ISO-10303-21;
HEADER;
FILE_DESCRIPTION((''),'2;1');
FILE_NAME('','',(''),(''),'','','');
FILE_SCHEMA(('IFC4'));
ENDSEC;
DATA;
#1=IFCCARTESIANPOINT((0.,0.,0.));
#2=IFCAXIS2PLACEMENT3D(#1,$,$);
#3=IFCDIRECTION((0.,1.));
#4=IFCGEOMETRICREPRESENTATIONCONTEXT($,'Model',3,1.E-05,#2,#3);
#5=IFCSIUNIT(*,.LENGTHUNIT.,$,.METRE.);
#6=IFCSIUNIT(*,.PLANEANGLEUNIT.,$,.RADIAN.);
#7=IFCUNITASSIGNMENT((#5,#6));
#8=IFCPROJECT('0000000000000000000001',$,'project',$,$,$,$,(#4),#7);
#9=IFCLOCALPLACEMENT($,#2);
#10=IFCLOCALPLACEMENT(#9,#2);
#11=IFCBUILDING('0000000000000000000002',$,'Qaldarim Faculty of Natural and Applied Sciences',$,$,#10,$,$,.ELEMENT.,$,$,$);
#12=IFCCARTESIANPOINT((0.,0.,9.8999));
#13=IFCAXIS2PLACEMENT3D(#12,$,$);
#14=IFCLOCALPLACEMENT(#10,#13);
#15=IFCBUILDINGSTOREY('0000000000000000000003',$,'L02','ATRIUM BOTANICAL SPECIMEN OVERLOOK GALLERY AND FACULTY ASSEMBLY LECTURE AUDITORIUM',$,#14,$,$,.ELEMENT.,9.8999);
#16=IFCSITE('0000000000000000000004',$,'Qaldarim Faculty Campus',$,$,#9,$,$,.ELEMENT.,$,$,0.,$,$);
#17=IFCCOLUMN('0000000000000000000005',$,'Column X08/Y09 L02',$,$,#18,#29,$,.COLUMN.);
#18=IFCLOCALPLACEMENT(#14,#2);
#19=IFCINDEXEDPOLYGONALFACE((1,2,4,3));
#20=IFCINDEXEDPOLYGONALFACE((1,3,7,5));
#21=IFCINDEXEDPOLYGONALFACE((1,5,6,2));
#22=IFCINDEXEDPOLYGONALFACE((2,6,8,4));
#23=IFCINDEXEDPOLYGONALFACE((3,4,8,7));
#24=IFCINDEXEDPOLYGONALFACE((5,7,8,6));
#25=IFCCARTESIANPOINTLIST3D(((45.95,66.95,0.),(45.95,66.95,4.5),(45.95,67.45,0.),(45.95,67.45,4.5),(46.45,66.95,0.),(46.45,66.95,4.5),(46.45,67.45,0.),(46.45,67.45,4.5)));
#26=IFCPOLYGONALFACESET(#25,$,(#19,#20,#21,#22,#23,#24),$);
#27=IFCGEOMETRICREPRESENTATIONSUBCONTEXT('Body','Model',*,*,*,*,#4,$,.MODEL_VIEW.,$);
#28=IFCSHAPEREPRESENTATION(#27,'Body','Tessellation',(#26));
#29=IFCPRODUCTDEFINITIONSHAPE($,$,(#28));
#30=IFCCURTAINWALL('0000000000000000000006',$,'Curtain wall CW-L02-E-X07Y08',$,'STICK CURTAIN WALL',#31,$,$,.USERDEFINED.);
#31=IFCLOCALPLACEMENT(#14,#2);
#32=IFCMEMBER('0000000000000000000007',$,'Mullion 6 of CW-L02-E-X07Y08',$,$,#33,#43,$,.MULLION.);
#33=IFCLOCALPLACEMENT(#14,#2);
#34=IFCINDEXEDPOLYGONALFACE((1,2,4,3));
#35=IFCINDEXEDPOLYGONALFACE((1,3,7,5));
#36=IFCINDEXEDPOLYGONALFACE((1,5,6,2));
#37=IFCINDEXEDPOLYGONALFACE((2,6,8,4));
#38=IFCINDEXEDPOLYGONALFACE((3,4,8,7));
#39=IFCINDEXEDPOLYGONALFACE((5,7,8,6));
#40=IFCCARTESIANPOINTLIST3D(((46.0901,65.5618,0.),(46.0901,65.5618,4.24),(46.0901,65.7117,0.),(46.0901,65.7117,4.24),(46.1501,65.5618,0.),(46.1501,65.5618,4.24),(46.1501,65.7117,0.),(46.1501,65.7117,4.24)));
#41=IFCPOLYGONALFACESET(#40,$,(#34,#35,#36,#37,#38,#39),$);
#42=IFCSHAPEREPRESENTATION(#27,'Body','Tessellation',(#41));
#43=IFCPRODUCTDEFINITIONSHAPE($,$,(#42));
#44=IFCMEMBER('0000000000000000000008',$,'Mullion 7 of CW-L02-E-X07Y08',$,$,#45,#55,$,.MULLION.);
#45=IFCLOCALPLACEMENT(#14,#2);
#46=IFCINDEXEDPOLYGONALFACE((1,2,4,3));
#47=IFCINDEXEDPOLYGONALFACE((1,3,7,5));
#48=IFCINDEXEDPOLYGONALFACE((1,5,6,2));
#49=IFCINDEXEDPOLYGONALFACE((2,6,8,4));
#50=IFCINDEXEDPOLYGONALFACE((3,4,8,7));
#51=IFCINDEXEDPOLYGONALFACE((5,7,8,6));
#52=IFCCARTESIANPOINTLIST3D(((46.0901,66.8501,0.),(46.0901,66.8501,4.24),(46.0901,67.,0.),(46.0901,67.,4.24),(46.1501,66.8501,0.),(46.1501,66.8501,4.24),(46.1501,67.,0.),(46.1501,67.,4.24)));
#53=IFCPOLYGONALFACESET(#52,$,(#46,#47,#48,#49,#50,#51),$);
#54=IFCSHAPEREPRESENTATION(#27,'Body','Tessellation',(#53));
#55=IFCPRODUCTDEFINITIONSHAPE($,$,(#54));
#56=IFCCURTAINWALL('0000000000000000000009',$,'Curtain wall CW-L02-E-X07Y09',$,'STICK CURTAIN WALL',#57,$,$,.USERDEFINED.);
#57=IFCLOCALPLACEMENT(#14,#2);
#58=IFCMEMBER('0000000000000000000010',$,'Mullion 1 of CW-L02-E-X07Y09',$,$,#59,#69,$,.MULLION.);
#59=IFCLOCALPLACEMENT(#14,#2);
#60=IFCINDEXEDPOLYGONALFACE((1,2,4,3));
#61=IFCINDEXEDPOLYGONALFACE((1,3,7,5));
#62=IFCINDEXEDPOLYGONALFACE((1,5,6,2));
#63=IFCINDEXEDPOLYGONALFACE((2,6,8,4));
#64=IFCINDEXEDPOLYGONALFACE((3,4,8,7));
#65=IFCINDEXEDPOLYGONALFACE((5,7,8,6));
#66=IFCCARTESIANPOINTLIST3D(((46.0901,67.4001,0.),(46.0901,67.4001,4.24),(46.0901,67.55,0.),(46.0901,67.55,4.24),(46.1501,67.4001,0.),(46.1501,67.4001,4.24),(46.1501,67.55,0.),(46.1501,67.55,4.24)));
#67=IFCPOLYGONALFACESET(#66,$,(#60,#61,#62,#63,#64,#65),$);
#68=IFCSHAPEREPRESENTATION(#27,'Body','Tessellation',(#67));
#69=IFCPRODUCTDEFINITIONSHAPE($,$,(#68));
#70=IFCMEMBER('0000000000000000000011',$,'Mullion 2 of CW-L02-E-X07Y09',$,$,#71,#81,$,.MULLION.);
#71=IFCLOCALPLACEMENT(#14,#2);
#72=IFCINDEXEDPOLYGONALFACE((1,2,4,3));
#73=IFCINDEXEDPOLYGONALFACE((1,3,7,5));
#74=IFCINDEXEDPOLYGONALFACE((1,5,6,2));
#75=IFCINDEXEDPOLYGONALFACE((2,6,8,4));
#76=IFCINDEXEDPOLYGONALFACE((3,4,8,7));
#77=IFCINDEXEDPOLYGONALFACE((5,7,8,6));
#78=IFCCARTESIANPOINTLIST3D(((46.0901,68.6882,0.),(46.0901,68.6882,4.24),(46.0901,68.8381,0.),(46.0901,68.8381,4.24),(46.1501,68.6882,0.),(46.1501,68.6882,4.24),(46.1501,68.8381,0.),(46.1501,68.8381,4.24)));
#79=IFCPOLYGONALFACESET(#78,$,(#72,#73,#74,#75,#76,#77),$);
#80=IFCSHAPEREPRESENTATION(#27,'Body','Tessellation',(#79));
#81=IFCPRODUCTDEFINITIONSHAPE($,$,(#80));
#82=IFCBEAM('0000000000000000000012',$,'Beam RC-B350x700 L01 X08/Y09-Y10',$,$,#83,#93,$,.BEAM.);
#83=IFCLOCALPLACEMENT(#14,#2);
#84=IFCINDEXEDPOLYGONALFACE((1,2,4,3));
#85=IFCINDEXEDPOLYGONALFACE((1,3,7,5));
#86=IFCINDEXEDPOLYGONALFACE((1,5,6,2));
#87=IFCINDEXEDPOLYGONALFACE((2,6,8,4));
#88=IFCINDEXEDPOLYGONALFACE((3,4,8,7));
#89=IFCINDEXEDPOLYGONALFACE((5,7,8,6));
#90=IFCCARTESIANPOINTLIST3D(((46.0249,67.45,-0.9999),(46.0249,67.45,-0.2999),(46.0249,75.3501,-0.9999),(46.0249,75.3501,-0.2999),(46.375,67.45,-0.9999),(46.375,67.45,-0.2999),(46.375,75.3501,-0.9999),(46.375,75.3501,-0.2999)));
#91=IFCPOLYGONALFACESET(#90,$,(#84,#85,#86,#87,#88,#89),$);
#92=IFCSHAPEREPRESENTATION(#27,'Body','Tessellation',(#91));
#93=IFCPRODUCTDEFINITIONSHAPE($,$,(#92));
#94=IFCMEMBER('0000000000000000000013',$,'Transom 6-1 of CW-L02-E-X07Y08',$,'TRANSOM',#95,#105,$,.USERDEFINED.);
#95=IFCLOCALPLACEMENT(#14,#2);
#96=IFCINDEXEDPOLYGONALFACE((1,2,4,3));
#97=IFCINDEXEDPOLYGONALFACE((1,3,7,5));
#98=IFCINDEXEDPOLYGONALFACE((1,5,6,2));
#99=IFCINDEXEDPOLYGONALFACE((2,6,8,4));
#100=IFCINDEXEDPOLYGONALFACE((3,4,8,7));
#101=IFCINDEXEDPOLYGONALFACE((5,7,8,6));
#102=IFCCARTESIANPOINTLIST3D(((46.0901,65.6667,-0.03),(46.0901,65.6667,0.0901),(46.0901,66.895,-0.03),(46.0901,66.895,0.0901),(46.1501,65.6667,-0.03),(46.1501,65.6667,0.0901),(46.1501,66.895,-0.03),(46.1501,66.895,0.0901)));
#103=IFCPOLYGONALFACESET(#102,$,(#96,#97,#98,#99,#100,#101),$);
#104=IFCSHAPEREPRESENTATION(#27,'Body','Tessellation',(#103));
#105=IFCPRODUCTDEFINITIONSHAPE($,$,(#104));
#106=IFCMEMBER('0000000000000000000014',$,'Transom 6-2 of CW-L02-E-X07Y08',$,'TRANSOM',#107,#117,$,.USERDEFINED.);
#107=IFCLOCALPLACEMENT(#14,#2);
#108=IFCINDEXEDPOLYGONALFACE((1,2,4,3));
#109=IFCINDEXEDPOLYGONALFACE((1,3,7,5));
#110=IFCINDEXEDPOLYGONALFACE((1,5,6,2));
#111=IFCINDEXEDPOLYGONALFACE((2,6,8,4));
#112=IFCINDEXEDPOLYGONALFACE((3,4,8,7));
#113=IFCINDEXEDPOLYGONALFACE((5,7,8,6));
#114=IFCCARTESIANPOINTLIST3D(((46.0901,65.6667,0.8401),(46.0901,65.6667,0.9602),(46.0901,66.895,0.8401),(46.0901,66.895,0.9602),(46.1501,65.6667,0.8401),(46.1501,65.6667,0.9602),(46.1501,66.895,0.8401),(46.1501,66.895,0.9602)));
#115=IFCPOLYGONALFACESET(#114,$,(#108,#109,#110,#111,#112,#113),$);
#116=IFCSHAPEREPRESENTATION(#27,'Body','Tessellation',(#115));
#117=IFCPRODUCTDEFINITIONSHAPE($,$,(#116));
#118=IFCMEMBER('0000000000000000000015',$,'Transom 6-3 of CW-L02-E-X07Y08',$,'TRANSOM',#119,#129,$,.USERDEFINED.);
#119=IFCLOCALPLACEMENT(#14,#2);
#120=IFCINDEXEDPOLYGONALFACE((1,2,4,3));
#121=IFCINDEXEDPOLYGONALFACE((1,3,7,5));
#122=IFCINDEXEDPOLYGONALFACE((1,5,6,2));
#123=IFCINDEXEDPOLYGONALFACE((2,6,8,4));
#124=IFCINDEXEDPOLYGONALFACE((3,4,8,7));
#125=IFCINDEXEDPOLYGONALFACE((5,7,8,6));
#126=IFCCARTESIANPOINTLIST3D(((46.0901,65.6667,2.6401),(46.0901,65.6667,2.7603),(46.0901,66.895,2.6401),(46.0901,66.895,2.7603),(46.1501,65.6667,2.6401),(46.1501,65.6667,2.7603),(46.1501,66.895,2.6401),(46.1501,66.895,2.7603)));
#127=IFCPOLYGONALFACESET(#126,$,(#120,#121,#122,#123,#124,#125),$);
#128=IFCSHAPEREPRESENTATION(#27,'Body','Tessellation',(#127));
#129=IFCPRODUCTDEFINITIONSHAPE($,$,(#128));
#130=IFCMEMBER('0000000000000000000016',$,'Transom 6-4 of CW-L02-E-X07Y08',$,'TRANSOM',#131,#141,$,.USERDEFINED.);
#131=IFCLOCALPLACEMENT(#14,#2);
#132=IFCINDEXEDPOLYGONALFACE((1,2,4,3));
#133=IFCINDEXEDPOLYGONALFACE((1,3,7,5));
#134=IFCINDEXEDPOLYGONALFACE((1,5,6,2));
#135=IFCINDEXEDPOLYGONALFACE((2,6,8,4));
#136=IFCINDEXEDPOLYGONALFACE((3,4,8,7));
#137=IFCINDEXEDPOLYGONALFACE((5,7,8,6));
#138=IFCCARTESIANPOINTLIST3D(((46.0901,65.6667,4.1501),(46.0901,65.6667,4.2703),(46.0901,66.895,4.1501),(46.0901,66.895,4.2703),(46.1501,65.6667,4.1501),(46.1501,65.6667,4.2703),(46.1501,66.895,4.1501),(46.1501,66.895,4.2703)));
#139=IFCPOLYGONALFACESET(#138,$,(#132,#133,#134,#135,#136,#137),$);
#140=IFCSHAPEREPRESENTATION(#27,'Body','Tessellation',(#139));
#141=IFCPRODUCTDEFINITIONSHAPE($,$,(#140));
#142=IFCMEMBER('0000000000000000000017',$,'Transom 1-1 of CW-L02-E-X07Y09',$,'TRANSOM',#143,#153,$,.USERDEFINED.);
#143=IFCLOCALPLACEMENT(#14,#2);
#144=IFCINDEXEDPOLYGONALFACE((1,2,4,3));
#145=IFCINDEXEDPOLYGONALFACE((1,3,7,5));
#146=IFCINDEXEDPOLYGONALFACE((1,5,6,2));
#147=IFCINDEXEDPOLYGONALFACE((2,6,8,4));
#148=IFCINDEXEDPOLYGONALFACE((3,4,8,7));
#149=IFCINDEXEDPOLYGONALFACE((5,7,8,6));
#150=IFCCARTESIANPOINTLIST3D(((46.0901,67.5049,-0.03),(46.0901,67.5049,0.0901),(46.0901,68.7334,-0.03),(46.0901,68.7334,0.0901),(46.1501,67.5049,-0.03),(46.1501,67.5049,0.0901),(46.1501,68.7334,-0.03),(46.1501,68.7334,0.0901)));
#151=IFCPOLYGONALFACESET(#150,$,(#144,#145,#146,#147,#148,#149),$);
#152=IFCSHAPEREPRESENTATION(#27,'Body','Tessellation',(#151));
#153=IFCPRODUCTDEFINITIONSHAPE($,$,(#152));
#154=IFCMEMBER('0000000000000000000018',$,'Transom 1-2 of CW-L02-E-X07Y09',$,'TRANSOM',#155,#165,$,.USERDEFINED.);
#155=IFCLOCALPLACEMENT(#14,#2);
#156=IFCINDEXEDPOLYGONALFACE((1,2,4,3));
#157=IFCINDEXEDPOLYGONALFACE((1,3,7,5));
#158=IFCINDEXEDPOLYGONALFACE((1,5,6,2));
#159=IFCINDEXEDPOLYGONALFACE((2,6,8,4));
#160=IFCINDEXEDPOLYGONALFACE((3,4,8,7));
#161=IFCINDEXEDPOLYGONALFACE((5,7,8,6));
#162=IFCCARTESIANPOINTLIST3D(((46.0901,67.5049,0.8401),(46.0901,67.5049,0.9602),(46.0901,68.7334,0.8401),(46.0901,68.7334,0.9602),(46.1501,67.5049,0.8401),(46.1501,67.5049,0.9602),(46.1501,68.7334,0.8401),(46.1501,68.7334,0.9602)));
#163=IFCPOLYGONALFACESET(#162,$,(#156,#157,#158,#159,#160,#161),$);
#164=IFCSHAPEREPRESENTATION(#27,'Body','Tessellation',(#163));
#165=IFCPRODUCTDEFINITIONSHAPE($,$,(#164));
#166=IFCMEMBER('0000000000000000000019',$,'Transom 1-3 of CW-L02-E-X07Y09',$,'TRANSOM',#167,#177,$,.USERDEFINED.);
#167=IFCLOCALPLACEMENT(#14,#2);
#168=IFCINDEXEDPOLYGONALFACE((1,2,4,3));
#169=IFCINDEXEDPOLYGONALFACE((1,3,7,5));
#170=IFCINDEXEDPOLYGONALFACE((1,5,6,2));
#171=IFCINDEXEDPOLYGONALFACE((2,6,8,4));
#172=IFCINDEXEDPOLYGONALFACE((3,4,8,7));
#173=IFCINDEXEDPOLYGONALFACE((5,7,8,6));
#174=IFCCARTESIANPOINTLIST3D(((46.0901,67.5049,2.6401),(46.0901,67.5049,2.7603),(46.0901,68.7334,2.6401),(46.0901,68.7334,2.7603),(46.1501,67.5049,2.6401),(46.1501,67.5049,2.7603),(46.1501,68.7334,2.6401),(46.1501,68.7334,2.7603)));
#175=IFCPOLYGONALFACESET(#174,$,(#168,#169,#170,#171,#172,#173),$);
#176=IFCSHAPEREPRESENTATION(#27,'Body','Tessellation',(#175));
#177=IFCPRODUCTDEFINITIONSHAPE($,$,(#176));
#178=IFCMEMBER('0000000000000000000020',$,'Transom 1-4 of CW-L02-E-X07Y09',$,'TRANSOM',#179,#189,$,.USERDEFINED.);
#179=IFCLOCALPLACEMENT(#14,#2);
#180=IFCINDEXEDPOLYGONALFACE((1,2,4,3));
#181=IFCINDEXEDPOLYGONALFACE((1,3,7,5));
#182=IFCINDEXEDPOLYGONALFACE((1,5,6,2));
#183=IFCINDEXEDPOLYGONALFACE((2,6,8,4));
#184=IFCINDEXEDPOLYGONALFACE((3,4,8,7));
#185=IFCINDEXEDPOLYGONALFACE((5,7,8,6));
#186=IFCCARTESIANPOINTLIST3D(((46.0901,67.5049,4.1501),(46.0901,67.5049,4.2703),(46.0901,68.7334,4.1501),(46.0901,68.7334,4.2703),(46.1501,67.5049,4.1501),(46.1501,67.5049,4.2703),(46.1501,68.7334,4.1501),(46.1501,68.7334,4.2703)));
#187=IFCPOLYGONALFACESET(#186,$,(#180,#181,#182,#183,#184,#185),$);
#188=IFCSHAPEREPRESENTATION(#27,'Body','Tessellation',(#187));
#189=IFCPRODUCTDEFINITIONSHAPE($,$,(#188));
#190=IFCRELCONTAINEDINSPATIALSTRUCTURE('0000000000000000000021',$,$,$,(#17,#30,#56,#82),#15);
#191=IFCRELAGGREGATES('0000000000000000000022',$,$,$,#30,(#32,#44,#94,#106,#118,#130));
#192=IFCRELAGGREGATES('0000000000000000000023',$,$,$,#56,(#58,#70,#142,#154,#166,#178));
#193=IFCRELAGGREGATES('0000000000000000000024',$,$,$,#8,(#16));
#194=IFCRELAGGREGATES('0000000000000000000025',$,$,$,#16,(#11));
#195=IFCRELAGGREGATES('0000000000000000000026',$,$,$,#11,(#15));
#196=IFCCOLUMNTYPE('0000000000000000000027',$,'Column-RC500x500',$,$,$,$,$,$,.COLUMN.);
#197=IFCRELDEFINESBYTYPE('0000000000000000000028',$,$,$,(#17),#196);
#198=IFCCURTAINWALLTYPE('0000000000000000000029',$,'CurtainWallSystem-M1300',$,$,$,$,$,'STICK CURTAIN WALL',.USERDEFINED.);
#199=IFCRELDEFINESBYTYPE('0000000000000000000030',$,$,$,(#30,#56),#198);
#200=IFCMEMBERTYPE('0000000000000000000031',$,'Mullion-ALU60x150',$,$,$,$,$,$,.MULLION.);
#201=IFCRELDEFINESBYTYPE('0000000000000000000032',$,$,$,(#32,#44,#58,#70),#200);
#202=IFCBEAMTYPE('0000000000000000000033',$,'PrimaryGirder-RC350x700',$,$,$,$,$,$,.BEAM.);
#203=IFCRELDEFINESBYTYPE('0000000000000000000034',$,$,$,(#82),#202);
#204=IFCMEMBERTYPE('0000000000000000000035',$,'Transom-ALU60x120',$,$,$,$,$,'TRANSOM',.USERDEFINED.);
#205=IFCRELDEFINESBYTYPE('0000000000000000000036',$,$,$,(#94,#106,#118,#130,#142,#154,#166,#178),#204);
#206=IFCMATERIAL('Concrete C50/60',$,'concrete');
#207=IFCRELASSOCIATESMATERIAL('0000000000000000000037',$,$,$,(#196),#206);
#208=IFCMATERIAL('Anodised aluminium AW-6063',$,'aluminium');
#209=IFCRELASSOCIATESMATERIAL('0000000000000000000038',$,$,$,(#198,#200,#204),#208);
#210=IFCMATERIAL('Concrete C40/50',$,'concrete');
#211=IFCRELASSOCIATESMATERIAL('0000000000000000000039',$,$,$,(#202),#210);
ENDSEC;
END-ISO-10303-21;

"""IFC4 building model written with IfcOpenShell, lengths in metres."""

from ifc_helpers import new_model, si_unit, direction, frame, origin, origin_2d, place, context, subcontext, project, spatial, rectangle, extrude, material, material_profile, profile_set, type_object, element, aggregate, save


model = new_model("IFC4")

# Units and contexts
model_context = context("Model", 3, precision=1e-05, world=origin(), true_north=direction((0.0, 1.0)))
body_context = subcontext(model_context, "Body", "Model", "MODEL_VIEW")
ifc_project = project(units=[si_unit("LENGTHUNIT", "METRE"), si_unit("PLANEANGLEUNIT", "RADIAN")], contexts=[model_context])

# Site, building, storey
site_placement = place(None, origin())
site = spatial("IfcSite", under=ifc_project, at=site_placement, Name="Qaldarim Faculty Campus", CompositionType="ELEMENT", RefElevation=0.0)
building_placement = place(site_placement, origin())
building = spatial("IfcBuilding", under=site, at=building_placement, Name="Qaldarim Faculty of Natural and Applied Sciences", CompositionType="ELEMENT")
storey_placement = place(building_placement, frame((0.0, 0.0, 9.8999)))
storey = spatial("IfcBuildingStorey", under=building, at=storey_placement, Name="L02", Description="ATRIUM BOTANICAL SPECIMEN OVERLOOK GALLERY AND FACULTY ASSEMBLY LECTURE AUDITORIUM", CompositionType="ELEMENT", Elevation=9.8999)

# Column
ifc_material_1 = material(Name="Concrete C50/60", Category="concrete")
ifc_material_profile_1 = material_profile(ifc_material_1, rectangle(XDim=0.5, YDim=0.5, at=origin_2d()), Name="RC-C500x500")
ifc_profile_set_1 = profile_set([ifc_material_profile_1], Name="Concrete C50/60")
column_type = type_object("IfcColumnType", Name="Column-RC500x500", PredefinedType="COLUMN", material=ifc_profile_set_1)
column_placement = place(storey_placement, frame((46.2, 67.2, 0.0), z_axis=(0.0, 0.0, 1.0), x_axis=(1.0, 0.0, 0.0)))
element("IfcColumn", 1, at=column_placement, inside=storey, type_object=column_type, Name="Column X08/Y09 L02", PredefinedType="COLUMN", context=body_context, shape_type="SweptSolid", body=[
    extrude(rectangle(XDim=0.5, YDim=0.5, at=origin_2d()), origin(), (0.0, 0.0, 1.0), 4.5),
])

# Curtain walls, members
ifc_material_2 = material(Name="Anodised aluminium AW-6063", Category="aluminium")
curtain_wall_type = type_object("IfcCurtainWallType", Name="CurtainWallSystem-M1300", ElementType="STICK CURTAIN WALL", PredefinedType="USERDEFINED", material=ifc_material_2)
curtain_wall_1_placement = place(storey_placement, origin())
curtain_wall_1 = element("IfcCurtainWall", 2, at=curtain_wall_1_placement, inside=storey, type_object=curtain_wall_type, Name="Curtain wall CW-L02-E-X07Y08", ObjectType="STICK CURTAIN WALL", PredefinedType="USERDEFINED")
ifc_material_profile_2 = material_profile(ifc_material_2, rectangle(XDim=0.0601, YDim=0.1499, at=origin_2d()), Name="ALU-M60x150")
ifc_profile_set_2 = profile_set([ifc_material_profile_2], Name="Anodised aluminium AW-6063")
member_type_1 = type_object("IfcMemberType", Name="Mullion-ALU60x150", PredefinedType="MULLION", material=ifc_profile_set_2)
member_1_placement = place(storey_placement, frame((46.1201, 65.6367, 0.0), z_axis=(0.0, 0.0, 1.0), x_axis=(-1.0, 0.0, 0.0)))
member_1 = element("IfcMember", 3, at=member_1_placement, type_object=member_type_1, Name="Mullion 6 of CW-L02-E-X07Y08", PredefinedType="MULLION", context=body_context, shape_type="SweptSolid", body=[
    extrude(rectangle(XDim=0.0601, YDim=0.1499, at=origin_2d()), origin(), (0.0, 0.0, 1.0), 4.24),
])
member_2_placement = place(storey_placement, frame((46.1201, 66.925, 0.0), z_axis=(0.0, 0.0, 1.0), x_axis=(-1.0, 0.0, 0.0)))
member_2 = element("IfcMember", 4, at=member_2_placement, type_object=member_type_1, Name="Mullion 7 of CW-L02-E-X07Y08", PredefinedType="MULLION", context=body_context, shape_type="SweptSolid", body=[
    extrude(rectangle(XDim=0.0601, YDim=0.1499, at=origin_2d()), origin(), (0.0, 0.0, 1.0), 4.24),
])
curtain_wall_2_placement = place(storey_placement, origin())
curtain_wall_2 = element("IfcCurtainWall", 5, at=curtain_wall_2_placement, inside=storey, type_object=curtain_wall_type, Name="Curtain wall CW-L02-E-X07Y09", ObjectType="STICK CURTAIN WALL", PredefinedType="USERDEFINED")
member_3_placement = place(storey_placement, frame((46.1201, 67.4751, 0.0), z_axis=(0.0, 0.0, 1.0), x_axis=(-1.0, 0.0, 0.0)))
member_3 = element("IfcMember", 6, at=member_3_placement, type_object=member_type_1, Name="Mullion 1 of CW-L02-E-X07Y09", PredefinedType="MULLION", context=body_context, shape_type="SweptSolid", body=[
    extrude(rectangle(XDim=0.0601, YDim=0.1499, at=origin_2d()), origin(), (0.0, 0.0, 1.0), 4.24),
])
member_4_placement = place(storey_placement, frame((46.1201, 68.7632, 0.0), z_axis=(0.0, 0.0, 1.0), x_axis=(-1.0, 0.0, 0.0)))
member_4 = element("IfcMember", 7, at=member_4_placement, type_object=member_type_1, Name="Mullion 2 of CW-L02-E-X07Y09", PredefinedType="MULLION", context=body_context, shape_type="SweptSolid", body=[
    extrude(rectangle(XDim=0.0601, YDim=0.1499, at=origin_2d()), origin(), (0.0, 0.0, 1.0), 4.24),
])

# Beam
ifc_material_3 = material(Name="Concrete C40/50", Category="concrete")
ifc_material_profile_3 = material_profile(ifc_material_3, rectangle(XDim=0.3501, YDim=0.7, at=origin_2d()), Name="RC-B350x700")
ifc_profile_set_3 = profile_set([ifc_material_profile_3], Name="Concrete C40/50")
beam_type = type_object("IfcBeamType", Name="PrimaryGirder-RC350x700", PredefinedType="BEAM", material=ifc_profile_set_3)
beam_placement = place(storey_placement, frame((46.2, 67.45, -0.6499), z_axis=(0.0, 1.0, 0.0), x_axis=(-1.0, 0.0, 0.0)))
element("IfcBeam", 8, at=beam_placement, inside=storey, type_object=beam_type, Name="Beam RC-B350x700 L01 X08/Y09-Y10", PredefinedType="BEAM", context=body_context, shape_type="SweptSolid", body=[
    extrude(rectangle(XDim=0.3501, YDim=0.7, at=origin_2d()), origin(), (0.0, 0.0, 1.0), 7.9001),
])

# Members
ifc_material_profile_4 = material_profile(ifc_material_2, rectangle(XDim=0.0601, YDim=0.1201, at=origin_2d()), Name="ALU-T60x120")
ifc_profile_set_4 = profile_set([ifc_material_profile_4], Name="Anodised aluminium AW-6063")
member_type_2 = type_object("IfcMemberType", Name="Transom-ALU60x120", ElementType="TRANSOM", PredefinedType="USERDEFINED", material=ifc_profile_set_4)
member_5_placement = place(storey_placement, frame((46.1201, 65.6667, 0.03), z_axis=(0.0, 1.0, 0.0), x_axis=(-1.0, 0.0, 0.0)))
member_5 = element("IfcMember", 9, at=member_5_placement, type_object=member_type_2, Name="Transom 6-1 of CW-L02-E-X07Y08", ObjectType="TRANSOM", PredefinedType="USERDEFINED", context=body_context, shape_type="SweptSolid", body=[
    extrude(rectangle(XDim=0.0601, YDim=0.1201, at=origin_2d()), origin(), (0.0, 0.0, 1.0), 1.2283),
])
member_6_placement = place(storey_placement, frame((46.1201, 65.6667, 0.9001), z_axis=(0.0, 1.0, 0.0), x_axis=(-1.0, 0.0, 0.0)))
member_6 = element("IfcMember", 10, at=member_6_placement, type_object=member_type_2, Name="Transom 6-2 of CW-L02-E-X07Y08", ObjectType="TRANSOM", PredefinedType="USERDEFINED", context=body_context, shape_type="SweptSolid", body=[
    extrude(rectangle(XDim=0.0601, YDim=0.1201, at=origin_2d()), origin(), (0.0, 0.0, 1.0), 1.2283),
])
member_7_placement = place(storey_placement, frame((46.1201, 65.6667, 2.7002), z_axis=(0.0, 1.0, 0.0), x_axis=(-1.0, 0.0, 0.0)))
member_7 = element("IfcMember", 11, at=member_7_placement, type_object=member_type_2, Name="Transom 6-3 of CW-L02-E-X07Y08", ObjectType="TRANSOM", PredefinedType="USERDEFINED", context=body_context, shape_type="SweptSolid", body=[
    extrude(rectangle(XDim=0.0601, YDim=0.1201, at=origin_2d()), origin(), (0.0, 0.0, 1.0), 1.2283),
])
member_8_placement = place(storey_placement, frame((46.1201, 65.6667, 4.2102), z_axis=(0.0, 1.0, 0.0), x_axis=(-1.0, 0.0, 0.0)))
member_8 = element("IfcMember", 12, at=member_8_placement, type_object=member_type_2, Name="Transom 6-4 of CW-L02-E-X07Y08", ObjectType="TRANSOM", PredefinedType="USERDEFINED", context=body_context, shape_type="SweptSolid", body=[
    extrude(rectangle(XDim=0.0601, YDim=0.1201, at=origin_2d()), origin(), (0.0, 0.0, 1.0), 1.2283),
])
member_9_placement = place(storey_placement, frame((46.1201, 67.5049, 0.03), z_axis=(0.0, 1.0, 0.0), x_axis=(-1.0, 0.0, 0.0)))
member_9 = element("IfcMember", 13, at=member_9_placement, type_object=member_type_2, Name="Transom 1-1 of CW-L02-E-X07Y09", ObjectType="TRANSOM", PredefinedType="USERDEFINED", context=body_context, shape_type="SweptSolid", body=[
    extrude(rectangle(XDim=0.0601, YDim=0.1201, at=origin_2d()), origin(), (0.0, 0.0, 1.0), 1.2285),
])
member_10_placement = place(storey_placement, frame((46.1201, 67.5049, 0.9001), z_axis=(0.0, 1.0, 0.0), x_axis=(-1.0, 0.0, 0.0)))
member_10 = element("IfcMember", 14, at=member_10_placement, type_object=member_type_2, Name="Transom 1-2 of CW-L02-E-X07Y09", ObjectType="TRANSOM", PredefinedType="USERDEFINED", context=body_context, shape_type="SweptSolid", body=[
    extrude(rectangle(XDim=0.0601, YDim=0.1201, at=origin_2d()), origin(), (0.0, 0.0, 1.0), 1.2285),
])
member_11_placement = place(storey_placement, frame((46.1201, 67.5049, 2.7002), z_axis=(0.0, 1.0, 0.0), x_axis=(-1.0, 0.0, 0.0)))
member_11 = element("IfcMember", 15, at=member_11_placement, type_object=member_type_2, Name="Transom 1-3 of CW-L02-E-X07Y09", ObjectType="TRANSOM", PredefinedType="USERDEFINED", context=body_context, shape_type="SweptSolid", body=[
    extrude(rectangle(XDim=0.0601, YDim=0.1201, at=origin_2d()), origin(), (0.0, 0.0, 1.0), 1.2285),
])
member_12_placement = place(storey_placement, frame((46.1201, 67.5049, 4.2102), z_axis=(0.0, 1.0, 0.0), x_axis=(-1.0, 0.0, 0.0)))
member_12 = element("IfcMember", 16, at=member_12_placement, type_object=member_type_2, Name="Transom 1-4 of CW-L02-E-X07Y09", ObjectType="TRANSOM", PredefinedType="USERDEFINED", context=body_context, shape_type="SweptSolid", body=[
    extrude(rectangle(XDim=0.0601, YDim=0.1201, at=origin_2d()), origin(), (0.0, 0.0, 1.0), 1.2285),
])

aggregate(curtain_wall_1, [member_1, member_2, member_5, member_6, member_7, member_8])
aggregate(curtain_wall_2, [member_3, member_4, member_9, member_10, member_11, member_12])

save(model, "model.ifc")
